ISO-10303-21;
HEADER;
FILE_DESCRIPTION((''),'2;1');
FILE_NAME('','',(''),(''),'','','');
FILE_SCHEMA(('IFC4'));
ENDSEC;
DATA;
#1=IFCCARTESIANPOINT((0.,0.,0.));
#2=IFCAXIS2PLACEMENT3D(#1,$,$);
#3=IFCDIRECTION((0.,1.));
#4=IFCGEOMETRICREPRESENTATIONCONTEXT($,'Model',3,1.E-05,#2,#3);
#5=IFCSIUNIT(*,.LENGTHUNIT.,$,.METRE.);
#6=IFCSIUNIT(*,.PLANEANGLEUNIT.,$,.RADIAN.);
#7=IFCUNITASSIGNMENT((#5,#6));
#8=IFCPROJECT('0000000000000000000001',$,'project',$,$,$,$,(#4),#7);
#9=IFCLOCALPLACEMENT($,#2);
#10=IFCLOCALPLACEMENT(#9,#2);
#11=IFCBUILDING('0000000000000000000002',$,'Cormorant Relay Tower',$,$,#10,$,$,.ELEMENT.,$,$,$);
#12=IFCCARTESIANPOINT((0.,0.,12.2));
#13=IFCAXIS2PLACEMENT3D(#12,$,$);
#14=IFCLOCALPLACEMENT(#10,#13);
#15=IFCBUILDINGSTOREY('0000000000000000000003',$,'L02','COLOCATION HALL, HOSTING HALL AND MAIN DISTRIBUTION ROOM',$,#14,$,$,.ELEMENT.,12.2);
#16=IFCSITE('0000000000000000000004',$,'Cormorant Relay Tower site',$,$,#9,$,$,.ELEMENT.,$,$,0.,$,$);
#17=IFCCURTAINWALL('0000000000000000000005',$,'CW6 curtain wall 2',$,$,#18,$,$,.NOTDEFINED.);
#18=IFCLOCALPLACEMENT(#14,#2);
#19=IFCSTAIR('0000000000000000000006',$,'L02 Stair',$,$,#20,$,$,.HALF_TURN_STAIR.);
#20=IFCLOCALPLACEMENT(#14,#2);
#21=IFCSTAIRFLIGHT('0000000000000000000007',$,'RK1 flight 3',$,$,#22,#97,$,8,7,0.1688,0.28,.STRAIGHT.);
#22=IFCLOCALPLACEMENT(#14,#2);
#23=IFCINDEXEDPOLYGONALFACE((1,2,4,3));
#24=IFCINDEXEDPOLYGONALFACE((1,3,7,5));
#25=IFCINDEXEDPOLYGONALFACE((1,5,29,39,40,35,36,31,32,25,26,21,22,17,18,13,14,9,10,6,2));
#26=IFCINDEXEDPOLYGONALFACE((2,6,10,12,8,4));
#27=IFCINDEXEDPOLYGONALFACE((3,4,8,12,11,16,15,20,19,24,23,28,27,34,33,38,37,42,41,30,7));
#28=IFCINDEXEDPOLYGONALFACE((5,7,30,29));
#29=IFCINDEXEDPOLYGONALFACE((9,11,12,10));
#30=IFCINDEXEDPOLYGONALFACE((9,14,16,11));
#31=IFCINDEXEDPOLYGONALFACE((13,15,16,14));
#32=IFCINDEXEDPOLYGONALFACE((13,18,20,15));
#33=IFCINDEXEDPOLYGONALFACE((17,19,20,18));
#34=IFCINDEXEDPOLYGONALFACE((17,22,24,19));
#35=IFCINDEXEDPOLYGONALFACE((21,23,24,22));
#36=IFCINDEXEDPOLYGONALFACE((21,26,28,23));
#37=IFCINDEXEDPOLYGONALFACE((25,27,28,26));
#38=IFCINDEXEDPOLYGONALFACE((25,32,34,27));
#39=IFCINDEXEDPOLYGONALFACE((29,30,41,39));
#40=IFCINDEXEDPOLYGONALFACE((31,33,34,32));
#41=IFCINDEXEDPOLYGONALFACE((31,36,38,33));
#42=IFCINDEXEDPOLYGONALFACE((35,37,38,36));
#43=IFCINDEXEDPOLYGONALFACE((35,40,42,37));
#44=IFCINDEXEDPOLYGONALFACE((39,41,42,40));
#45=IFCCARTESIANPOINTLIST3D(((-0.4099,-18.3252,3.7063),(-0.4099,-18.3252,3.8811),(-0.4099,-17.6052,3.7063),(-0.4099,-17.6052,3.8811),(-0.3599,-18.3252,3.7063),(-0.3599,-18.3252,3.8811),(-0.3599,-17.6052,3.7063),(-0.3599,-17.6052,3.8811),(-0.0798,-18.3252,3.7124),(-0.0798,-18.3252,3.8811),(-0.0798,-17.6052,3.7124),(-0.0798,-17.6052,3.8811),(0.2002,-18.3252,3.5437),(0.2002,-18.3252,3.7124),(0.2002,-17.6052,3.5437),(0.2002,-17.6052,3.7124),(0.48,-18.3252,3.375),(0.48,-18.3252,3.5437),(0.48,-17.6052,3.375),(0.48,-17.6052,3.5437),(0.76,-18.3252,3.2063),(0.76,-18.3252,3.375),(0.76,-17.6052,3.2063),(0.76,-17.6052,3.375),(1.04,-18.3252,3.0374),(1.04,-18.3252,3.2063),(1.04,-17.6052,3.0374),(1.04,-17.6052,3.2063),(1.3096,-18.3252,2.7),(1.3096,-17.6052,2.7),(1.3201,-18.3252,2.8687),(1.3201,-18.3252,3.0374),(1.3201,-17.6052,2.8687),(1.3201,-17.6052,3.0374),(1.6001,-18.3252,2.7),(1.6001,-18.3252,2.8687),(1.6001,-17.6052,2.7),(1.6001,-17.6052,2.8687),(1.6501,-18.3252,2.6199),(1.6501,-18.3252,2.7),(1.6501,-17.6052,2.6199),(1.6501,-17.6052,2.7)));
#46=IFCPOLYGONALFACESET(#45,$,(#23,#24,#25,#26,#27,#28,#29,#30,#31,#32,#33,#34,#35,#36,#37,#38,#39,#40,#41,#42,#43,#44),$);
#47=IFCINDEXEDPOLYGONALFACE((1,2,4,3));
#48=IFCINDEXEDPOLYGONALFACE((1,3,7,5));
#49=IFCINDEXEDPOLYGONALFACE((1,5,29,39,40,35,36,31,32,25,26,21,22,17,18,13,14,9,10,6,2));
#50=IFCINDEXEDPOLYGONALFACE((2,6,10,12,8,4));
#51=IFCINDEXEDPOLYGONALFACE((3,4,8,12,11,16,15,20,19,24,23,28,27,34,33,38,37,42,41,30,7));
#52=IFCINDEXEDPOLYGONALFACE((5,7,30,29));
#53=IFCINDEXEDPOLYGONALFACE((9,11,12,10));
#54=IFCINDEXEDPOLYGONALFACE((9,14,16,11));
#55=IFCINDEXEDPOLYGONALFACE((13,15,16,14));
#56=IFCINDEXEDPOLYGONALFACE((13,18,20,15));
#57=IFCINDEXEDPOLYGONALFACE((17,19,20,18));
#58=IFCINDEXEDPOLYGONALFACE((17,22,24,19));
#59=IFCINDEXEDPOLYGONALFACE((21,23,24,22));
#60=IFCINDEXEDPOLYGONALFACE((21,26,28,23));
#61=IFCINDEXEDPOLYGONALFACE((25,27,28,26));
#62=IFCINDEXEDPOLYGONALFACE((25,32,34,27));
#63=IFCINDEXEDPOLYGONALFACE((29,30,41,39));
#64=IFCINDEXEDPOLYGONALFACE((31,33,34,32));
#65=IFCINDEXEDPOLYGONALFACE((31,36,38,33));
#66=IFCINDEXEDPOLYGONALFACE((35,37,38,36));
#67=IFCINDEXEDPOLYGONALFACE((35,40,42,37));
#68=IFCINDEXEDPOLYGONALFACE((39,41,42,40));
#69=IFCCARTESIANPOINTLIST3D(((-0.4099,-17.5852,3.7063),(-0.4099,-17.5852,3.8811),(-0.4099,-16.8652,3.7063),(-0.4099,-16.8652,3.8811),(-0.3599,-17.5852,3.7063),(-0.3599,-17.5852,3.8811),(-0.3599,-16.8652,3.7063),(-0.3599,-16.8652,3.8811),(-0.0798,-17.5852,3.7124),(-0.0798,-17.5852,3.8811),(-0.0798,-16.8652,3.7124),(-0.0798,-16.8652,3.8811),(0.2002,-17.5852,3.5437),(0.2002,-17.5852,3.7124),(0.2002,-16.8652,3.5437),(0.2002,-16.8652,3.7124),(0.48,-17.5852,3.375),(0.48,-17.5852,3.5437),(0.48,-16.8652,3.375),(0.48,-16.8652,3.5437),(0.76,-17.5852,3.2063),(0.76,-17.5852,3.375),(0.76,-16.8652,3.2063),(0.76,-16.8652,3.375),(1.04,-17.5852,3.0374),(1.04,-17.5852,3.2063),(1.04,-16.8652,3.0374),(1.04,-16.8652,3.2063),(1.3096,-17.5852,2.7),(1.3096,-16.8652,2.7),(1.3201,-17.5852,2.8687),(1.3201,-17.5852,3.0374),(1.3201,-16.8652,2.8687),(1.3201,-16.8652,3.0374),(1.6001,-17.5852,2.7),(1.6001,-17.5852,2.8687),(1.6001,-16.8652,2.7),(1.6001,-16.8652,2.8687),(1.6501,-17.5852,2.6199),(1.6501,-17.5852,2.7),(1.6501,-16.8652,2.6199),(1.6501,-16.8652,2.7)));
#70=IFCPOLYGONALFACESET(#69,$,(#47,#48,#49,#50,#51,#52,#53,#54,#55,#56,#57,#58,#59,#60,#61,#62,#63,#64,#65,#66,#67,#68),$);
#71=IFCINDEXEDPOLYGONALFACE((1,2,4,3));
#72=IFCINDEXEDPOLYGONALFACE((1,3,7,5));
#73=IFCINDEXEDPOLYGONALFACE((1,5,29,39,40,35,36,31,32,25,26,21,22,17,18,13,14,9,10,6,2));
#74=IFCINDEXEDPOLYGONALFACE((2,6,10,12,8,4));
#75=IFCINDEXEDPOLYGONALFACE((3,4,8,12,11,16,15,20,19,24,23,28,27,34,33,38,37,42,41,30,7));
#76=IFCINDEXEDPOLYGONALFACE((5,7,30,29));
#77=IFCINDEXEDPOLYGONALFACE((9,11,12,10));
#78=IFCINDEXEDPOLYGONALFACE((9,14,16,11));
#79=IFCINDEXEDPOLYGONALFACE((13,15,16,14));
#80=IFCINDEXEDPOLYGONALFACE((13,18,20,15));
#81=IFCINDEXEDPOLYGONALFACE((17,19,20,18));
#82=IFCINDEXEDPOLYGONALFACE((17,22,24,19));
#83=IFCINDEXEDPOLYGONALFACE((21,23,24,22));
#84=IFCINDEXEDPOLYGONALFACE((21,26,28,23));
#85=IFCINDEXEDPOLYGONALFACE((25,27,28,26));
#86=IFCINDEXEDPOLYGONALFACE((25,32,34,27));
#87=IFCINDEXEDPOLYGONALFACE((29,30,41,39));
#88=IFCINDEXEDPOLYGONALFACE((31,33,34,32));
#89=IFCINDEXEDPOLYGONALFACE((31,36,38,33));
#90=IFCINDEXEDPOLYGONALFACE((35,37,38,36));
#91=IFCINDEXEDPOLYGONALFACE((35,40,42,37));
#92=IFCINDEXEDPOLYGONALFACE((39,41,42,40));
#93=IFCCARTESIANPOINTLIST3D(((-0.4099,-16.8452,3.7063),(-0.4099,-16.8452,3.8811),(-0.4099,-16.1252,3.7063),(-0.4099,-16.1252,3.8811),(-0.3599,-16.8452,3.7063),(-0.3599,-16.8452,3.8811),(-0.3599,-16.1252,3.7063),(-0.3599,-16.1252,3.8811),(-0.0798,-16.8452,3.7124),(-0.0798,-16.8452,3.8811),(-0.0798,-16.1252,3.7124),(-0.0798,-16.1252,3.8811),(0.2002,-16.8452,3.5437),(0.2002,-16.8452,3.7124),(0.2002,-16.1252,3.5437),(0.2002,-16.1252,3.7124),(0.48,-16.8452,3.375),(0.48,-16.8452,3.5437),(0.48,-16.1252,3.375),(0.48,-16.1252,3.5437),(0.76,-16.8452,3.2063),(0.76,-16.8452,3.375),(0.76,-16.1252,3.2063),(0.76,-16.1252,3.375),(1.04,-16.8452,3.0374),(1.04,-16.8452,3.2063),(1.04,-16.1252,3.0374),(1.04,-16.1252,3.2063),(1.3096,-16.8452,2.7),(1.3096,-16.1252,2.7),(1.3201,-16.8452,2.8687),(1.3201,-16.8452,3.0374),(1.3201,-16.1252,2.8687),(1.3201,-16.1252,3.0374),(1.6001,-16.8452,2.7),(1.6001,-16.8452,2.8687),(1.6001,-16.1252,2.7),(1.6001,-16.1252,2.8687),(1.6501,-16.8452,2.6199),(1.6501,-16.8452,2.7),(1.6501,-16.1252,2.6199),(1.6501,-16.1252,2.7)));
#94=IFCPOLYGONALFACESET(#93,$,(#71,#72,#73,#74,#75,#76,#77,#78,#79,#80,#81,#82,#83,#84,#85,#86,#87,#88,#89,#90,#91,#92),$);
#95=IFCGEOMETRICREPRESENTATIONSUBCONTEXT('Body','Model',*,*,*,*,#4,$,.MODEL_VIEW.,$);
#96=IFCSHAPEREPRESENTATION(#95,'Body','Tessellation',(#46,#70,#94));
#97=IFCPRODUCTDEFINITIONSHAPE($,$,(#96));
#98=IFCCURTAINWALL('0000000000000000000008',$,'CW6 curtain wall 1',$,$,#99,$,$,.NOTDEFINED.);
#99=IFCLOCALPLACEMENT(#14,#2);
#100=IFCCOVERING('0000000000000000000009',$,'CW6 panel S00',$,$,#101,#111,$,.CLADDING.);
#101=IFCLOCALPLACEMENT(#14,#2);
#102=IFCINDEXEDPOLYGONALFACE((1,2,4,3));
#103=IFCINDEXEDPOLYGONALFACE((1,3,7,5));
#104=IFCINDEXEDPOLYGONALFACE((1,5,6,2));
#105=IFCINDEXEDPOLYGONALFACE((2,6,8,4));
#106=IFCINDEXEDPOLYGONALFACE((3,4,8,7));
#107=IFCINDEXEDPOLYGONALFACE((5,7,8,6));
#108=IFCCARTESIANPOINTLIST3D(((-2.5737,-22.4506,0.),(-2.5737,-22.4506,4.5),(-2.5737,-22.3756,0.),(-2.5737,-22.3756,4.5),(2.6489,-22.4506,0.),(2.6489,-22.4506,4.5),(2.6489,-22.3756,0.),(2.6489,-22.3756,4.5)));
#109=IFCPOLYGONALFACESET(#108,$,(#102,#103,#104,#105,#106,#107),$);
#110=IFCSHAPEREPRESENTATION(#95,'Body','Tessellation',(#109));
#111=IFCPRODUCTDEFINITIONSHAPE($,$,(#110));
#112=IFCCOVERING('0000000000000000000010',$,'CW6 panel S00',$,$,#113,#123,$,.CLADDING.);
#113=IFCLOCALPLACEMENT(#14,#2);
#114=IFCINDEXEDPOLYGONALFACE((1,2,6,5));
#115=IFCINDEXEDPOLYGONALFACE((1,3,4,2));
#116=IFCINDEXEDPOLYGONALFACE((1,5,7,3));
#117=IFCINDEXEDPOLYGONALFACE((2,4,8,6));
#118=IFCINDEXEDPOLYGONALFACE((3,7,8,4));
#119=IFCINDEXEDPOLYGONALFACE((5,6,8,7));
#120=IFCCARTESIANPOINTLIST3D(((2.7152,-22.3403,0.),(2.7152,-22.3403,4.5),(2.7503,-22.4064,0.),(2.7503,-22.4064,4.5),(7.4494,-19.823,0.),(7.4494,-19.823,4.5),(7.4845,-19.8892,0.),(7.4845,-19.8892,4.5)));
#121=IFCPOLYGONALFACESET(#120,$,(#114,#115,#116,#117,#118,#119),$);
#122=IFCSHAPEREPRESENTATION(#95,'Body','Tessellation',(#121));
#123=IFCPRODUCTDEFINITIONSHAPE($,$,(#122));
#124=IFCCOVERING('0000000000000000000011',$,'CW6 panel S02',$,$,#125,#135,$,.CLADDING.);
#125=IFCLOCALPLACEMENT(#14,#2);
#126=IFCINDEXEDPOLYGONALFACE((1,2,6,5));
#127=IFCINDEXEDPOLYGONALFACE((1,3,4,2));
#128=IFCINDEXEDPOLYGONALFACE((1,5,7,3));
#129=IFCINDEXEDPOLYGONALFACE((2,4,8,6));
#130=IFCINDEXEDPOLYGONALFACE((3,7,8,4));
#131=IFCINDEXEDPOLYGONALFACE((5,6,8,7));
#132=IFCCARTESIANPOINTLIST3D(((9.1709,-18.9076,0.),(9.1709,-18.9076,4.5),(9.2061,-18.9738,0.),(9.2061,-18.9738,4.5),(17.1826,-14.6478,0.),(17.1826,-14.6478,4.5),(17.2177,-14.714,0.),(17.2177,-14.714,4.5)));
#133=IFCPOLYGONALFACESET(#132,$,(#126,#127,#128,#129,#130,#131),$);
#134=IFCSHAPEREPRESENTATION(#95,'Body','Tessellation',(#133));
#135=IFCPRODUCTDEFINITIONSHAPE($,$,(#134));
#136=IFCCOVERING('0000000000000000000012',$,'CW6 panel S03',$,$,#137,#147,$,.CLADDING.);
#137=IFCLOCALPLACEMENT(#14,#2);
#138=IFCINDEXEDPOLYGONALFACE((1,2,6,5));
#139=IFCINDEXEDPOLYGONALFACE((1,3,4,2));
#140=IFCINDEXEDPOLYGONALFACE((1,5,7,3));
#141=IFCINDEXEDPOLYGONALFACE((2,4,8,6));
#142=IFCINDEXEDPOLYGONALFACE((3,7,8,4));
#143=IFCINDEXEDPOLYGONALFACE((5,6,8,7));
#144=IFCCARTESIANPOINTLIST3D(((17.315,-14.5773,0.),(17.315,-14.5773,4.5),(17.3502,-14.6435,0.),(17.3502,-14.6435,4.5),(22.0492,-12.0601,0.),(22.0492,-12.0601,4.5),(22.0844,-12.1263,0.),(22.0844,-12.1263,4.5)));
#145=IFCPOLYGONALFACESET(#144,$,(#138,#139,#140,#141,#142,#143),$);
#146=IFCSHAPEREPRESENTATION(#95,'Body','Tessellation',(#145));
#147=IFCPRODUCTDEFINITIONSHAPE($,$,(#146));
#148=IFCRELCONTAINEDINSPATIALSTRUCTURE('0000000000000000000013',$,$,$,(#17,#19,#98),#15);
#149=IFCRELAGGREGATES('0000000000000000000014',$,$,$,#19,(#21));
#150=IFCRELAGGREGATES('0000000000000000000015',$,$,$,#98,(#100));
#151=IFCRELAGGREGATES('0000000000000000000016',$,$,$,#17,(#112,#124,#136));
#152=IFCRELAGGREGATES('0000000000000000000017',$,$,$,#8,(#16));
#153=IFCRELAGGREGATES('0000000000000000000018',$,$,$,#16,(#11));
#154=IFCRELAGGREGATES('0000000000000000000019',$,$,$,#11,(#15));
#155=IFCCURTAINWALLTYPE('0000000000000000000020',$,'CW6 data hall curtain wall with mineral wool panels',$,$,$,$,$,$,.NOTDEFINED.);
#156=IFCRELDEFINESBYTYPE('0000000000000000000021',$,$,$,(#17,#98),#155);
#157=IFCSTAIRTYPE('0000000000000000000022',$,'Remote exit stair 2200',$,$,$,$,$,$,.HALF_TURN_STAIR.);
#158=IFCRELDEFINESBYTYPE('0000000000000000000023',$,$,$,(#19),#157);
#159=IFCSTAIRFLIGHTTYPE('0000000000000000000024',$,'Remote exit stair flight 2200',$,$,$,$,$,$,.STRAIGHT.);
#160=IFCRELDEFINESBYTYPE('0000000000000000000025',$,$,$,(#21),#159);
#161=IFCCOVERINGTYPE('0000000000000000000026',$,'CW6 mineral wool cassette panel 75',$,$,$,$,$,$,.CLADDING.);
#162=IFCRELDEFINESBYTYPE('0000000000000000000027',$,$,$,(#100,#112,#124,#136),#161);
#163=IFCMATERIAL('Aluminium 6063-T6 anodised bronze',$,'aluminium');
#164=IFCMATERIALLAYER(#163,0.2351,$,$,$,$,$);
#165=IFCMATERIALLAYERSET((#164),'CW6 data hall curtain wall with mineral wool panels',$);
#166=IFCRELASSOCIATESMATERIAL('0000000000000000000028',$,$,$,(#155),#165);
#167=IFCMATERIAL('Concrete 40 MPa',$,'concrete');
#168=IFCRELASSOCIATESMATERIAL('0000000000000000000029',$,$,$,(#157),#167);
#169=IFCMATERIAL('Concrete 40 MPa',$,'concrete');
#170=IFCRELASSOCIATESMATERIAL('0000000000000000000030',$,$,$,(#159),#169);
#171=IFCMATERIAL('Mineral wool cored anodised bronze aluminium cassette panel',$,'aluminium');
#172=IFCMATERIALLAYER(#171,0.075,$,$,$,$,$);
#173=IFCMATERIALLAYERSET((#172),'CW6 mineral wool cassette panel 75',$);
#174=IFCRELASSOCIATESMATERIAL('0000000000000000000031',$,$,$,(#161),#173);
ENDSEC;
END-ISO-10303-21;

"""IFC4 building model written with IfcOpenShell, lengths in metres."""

from ifc_helpers import new_model, si_unit, direction, frame, origin, origin_2d, place, context, subcontext, project, spatial, polyline, rectangle, outline, extrude, material, layer, layer_set, type_object, element, aggregate, save


model = new_model("IFC4")

# Units and contexts
model_context = context("Model", 3, precision=1e-05, world=origin(), true_north=direction((0.0, 1.0)))
body_context = subcontext(model_context, "Body", "Model", "MODEL_VIEW")
ifc_project = project(units=[si_unit("LENGTHUNIT", "METRE"), si_unit("PLANEANGLEUNIT", "RADIAN")], contexts=[model_context])

# Site, building, storey
site_placement = place(None, origin())
site = spatial("IfcSite", under=ifc_project, at=site_placement, Name="Cormorant Relay Tower site", CompositionType="ELEMENT", RefElevation=0.0)
building_placement = place(site_placement, origin())
building = spatial("IfcBuilding", under=site, at=building_placement, Name="Cormorant Relay Tower", CompositionType="ELEMENT")
storey_placement = place(building_placement, frame((0.0, 0.0, 12.2)))
storey = spatial("IfcBuildingStorey", under=building, at=storey_placement, Name="L02", Description="COLOCATION HALL, HOSTING HALL AND MAIN DISTRIBUTION ROOM", CompositionType="ELEMENT", Elevation=12.2)

# Curtain wall
ifc_material_1 = material(Name="Aluminium 6063-T6 anodised bronze", Category="aluminium")
ifc_layer_1 = layer(ifc_material_1, 0.2351)
ifc_layer_set_1 = layer_set([ifc_layer_1], Name="CW6 data hall curtain wall with mineral wool panels")
curtain_wall_type = type_object("IfcCurtainWallType", Name="CW6 data hall curtain wall with mineral wool panels", PredefinedType="NOTDEFINED", material=ifc_layer_set_1)
curtain_wall_1_placement = place(storey_placement, origin())
curtain_wall_1 = element("IfcCurtainWall", 1, at=curtain_wall_1_placement, inside=storey, type_object=curtain_wall_type, Name="CW6 curtain wall 2", PredefinedType="NOTDEFINED")

# Stair, stair flight
ifc_material_2 = material(Name="Concrete 40 MPa", Category="concrete")
stair_type = type_object("IfcStairType", Name="Remote exit stair 2200", PredefinedType="HALF_TURN_STAIR", material=ifc_material_2)
stair_placement = place(storey_placement, origin())
stair = element("IfcStair", 2, at=stair_placement, inside=storey, type_object=stair_type, Name="L02 Stair", PredefinedType="HALF_TURN_STAIR")
ifc_material_3 = material(Name="Concrete 40 MPa", Category="concrete")
stair_flight_type = type_object("IfcStairFlightType", Name="Remote exit stair flight 2200", PredefinedType="STRAIGHT", material=ifc_material_3)
stair_flight_1_placement = place(storey_placement, frame((1.6001, -17.2251, 2.7), z_axis=(0.0, 0.0, 1.0), x_axis=(-1.0, 0.0, 0.0)))
stair_flight_1 = element("IfcStairFlight", 3, at=stair_flight_1_placement, type_object=stair_flight_type, Name="RK1 flight 3", NumberOfRisers=8, NumberOfTreads=7, PredefinedType="STRAIGHT", RiserHeight=0.1688, TreadLength=0.28, context=body_context, shape_type="SweptSolid", body=[
    extrude(outline(polyline([(-0.05, -0.0801), (-0.05, 0.0), (0.0, 0.0), (0.0, 0.1687), (0.28, 0.1687), (0.28, 0.3374), (0.5601, 0.3374), (0.5601, 0.5063), (0.8401, 0.5063), (0.8401, 0.675), (1.1201, 0.675), (1.1201, 0.8438), (1.3999, 0.8438), (1.3999, 1.0125), (1.6799, 1.0125), (1.6799, 1.1812), (1.96, 1.1812), (2.01, 1.1812), (2.01, 1.0063), (1.96, 1.0063), (0.2905, 0.0), (-0.05, -0.0801)])), frame((0.0, 1.1001, 0.0), z_axis=(0.0, -1.0, 0.0), x_axis=(1.0, 0.0, 0.0)), (0.0, 0.0, 1.0), 0.72),
    extrude(outline(polyline([(-0.05, -0.0801), (-0.05, 0.0), (0.0, 0.0), (0.0, 0.1687), (0.28, 0.1687), (0.28, 0.3374), (0.5601, 0.3374), (0.5601, 0.5063), (0.8401, 0.5063), (0.8401, 0.675), (1.1201, 0.675), (1.1201, 0.8438), (1.3999, 0.8438), (1.3999, 1.0125), (1.6799, 1.0125), (1.6799, 1.1812), (1.96, 1.1812), (2.01, 1.1812), (2.01, 1.0063), (1.96, 1.0063), (0.2905, 0.0), (-0.05, -0.0801)])), frame((0.0, 0.3601, 0.0), z_axis=(0.0, -1.0, 0.0), x_axis=(1.0, 0.0, 0.0)), (0.0, 0.0, 1.0), 0.72),
    extrude(outline(polyline([(-0.05, -0.0801), (-0.05, 0.0), (0.0, 0.0), (0.0, 0.1687), (0.28, 0.1687), (0.28, 0.3374), (0.5601, 0.3374), (0.5601, 0.5063), (0.8401, 0.5063), (0.8401, 0.675), (1.1201, 0.675), (1.1201, 0.8438), (1.3999, 0.8438), (1.3999, 1.0125), (1.6799, 1.0125), (1.6799, 1.1812), (1.96, 1.1812), (2.01, 1.1812), (2.01, 1.0063), (1.96, 1.0063), (0.2905, 0.0), (-0.05, -0.0801)])), frame((0.0, -0.3799, 0.0), z_axis=(0.0, -1.0, 0.0), x_axis=(1.0, 0.0, 0.0)), (0.0, 0.0, 1.0), 0.72),
])
aggregate(stair, [stair_flight_1])

# Curtain wall, covering
curtain_wall_2_placement = place(storey_placement, origin())
curtain_wall_2 = element("IfcCurtainWall", 4, at=curtain_wall_2_placement, inside=storey, type_object=curtain_wall_type, Name="CW6 curtain wall 1", PredefinedType="NOTDEFINED")
ifc_material_4 = material(Name="Mineral wool cored anodised bronze aluminium cassette panel", Category="aluminium")
ifc_layer_2 = layer(ifc_material_4, 0.075)
ifc_layer_set_2 = layer_set([ifc_layer_2], Name="CW6 mineral wool cassette panel 75")
covering_type = type_object("IfcCoveringType", Name="CW6 mineral wool cassette panel 75", PredefinedType="CLADDING", material=ifc_layer_set_2)
covering_1_placement = place(storey_placement, frame((0.0376, -22.4131, 0.0), z_axis=(0.0, 0.0, 1.0), x_axis=(1.0, 0.0, 0.0)))
covering_1 = element("IfcCovering", 5, at=covering_1_placement, type_object=covering_type, Name="CW6 panel S00", PredefinedType="CLADDING", context=body_context, shape_type="SweptSolid", body=[
    extrude(rectangle(XDim=5.2227, YDim=0.075, at=origin_2d()), origin(), (0.0, 0.0, 1.0), 4.5),
])
aggregate(curtain_wall_2, [covering_1])

# Coverings
covering_2_placement = place(storey_placement, frame((5.0999, -21.1147, 0.0), z_axis=(0.0, 0.0, 1.0), x_axis=(0.882948, 0.469472, 0.0)))
covering_2 = element("IfcCovering", 6, at=covering_2_placement, type_object=covering_type, Name="CW6 panel S00", PredefinedType="CLADDING", context=body_context, shape_type="SweptSolid", body=[
    extrude(rectangle(XDim=5.3618, YDim=0.075, at=origin_2d()), origin(), (0.0, 0.0, 1.0), 4.5),
])
covering_3_placement = place(storey_placement, frame((13.1943, -16.8108, 0.0), z_axis=(0.0, 0.0, 1.0), x_axis=(0.882948, 0.469472, 0.0)))
covering_3 = element("IfcCovering", 7, at=covering_3_placement, type_object=covering_type, Name="CW6 panel S02", PredefinedType="CLADDING", context=body_context, shape_type="SweptSolid", body=[
    extrude(rectangle(XDim=9.0737, YDim=0.075, at=origin_2d()), origin(), (0.0, 0.0, 1.0), 4.5),
])
covering_4_placement = place(storey_placement, frame((19.6997, -13.3518, 0.0), z_axis=(0.0, 0.0, 1.0), x_axis=(0.882948, 0.469472, 0.0)))
covering_4 = element("IfcCovering", 8, at=covering_4_placement, type_object=covering_type, Name="CW6 panel S03", PredefinedType="CLADDING", context=body_context, shape_type="SweptSolid", body=[
    extrude(rectangle(XDim=5.3618, YDim=0.075, at=origin_2d()), origin(), (0.0, 0.0, 1.0), 4.5),
])
aggregate(curtain_wall_1, [covering_2, covering_3, covering_4])

save(model, "model.ifc")
